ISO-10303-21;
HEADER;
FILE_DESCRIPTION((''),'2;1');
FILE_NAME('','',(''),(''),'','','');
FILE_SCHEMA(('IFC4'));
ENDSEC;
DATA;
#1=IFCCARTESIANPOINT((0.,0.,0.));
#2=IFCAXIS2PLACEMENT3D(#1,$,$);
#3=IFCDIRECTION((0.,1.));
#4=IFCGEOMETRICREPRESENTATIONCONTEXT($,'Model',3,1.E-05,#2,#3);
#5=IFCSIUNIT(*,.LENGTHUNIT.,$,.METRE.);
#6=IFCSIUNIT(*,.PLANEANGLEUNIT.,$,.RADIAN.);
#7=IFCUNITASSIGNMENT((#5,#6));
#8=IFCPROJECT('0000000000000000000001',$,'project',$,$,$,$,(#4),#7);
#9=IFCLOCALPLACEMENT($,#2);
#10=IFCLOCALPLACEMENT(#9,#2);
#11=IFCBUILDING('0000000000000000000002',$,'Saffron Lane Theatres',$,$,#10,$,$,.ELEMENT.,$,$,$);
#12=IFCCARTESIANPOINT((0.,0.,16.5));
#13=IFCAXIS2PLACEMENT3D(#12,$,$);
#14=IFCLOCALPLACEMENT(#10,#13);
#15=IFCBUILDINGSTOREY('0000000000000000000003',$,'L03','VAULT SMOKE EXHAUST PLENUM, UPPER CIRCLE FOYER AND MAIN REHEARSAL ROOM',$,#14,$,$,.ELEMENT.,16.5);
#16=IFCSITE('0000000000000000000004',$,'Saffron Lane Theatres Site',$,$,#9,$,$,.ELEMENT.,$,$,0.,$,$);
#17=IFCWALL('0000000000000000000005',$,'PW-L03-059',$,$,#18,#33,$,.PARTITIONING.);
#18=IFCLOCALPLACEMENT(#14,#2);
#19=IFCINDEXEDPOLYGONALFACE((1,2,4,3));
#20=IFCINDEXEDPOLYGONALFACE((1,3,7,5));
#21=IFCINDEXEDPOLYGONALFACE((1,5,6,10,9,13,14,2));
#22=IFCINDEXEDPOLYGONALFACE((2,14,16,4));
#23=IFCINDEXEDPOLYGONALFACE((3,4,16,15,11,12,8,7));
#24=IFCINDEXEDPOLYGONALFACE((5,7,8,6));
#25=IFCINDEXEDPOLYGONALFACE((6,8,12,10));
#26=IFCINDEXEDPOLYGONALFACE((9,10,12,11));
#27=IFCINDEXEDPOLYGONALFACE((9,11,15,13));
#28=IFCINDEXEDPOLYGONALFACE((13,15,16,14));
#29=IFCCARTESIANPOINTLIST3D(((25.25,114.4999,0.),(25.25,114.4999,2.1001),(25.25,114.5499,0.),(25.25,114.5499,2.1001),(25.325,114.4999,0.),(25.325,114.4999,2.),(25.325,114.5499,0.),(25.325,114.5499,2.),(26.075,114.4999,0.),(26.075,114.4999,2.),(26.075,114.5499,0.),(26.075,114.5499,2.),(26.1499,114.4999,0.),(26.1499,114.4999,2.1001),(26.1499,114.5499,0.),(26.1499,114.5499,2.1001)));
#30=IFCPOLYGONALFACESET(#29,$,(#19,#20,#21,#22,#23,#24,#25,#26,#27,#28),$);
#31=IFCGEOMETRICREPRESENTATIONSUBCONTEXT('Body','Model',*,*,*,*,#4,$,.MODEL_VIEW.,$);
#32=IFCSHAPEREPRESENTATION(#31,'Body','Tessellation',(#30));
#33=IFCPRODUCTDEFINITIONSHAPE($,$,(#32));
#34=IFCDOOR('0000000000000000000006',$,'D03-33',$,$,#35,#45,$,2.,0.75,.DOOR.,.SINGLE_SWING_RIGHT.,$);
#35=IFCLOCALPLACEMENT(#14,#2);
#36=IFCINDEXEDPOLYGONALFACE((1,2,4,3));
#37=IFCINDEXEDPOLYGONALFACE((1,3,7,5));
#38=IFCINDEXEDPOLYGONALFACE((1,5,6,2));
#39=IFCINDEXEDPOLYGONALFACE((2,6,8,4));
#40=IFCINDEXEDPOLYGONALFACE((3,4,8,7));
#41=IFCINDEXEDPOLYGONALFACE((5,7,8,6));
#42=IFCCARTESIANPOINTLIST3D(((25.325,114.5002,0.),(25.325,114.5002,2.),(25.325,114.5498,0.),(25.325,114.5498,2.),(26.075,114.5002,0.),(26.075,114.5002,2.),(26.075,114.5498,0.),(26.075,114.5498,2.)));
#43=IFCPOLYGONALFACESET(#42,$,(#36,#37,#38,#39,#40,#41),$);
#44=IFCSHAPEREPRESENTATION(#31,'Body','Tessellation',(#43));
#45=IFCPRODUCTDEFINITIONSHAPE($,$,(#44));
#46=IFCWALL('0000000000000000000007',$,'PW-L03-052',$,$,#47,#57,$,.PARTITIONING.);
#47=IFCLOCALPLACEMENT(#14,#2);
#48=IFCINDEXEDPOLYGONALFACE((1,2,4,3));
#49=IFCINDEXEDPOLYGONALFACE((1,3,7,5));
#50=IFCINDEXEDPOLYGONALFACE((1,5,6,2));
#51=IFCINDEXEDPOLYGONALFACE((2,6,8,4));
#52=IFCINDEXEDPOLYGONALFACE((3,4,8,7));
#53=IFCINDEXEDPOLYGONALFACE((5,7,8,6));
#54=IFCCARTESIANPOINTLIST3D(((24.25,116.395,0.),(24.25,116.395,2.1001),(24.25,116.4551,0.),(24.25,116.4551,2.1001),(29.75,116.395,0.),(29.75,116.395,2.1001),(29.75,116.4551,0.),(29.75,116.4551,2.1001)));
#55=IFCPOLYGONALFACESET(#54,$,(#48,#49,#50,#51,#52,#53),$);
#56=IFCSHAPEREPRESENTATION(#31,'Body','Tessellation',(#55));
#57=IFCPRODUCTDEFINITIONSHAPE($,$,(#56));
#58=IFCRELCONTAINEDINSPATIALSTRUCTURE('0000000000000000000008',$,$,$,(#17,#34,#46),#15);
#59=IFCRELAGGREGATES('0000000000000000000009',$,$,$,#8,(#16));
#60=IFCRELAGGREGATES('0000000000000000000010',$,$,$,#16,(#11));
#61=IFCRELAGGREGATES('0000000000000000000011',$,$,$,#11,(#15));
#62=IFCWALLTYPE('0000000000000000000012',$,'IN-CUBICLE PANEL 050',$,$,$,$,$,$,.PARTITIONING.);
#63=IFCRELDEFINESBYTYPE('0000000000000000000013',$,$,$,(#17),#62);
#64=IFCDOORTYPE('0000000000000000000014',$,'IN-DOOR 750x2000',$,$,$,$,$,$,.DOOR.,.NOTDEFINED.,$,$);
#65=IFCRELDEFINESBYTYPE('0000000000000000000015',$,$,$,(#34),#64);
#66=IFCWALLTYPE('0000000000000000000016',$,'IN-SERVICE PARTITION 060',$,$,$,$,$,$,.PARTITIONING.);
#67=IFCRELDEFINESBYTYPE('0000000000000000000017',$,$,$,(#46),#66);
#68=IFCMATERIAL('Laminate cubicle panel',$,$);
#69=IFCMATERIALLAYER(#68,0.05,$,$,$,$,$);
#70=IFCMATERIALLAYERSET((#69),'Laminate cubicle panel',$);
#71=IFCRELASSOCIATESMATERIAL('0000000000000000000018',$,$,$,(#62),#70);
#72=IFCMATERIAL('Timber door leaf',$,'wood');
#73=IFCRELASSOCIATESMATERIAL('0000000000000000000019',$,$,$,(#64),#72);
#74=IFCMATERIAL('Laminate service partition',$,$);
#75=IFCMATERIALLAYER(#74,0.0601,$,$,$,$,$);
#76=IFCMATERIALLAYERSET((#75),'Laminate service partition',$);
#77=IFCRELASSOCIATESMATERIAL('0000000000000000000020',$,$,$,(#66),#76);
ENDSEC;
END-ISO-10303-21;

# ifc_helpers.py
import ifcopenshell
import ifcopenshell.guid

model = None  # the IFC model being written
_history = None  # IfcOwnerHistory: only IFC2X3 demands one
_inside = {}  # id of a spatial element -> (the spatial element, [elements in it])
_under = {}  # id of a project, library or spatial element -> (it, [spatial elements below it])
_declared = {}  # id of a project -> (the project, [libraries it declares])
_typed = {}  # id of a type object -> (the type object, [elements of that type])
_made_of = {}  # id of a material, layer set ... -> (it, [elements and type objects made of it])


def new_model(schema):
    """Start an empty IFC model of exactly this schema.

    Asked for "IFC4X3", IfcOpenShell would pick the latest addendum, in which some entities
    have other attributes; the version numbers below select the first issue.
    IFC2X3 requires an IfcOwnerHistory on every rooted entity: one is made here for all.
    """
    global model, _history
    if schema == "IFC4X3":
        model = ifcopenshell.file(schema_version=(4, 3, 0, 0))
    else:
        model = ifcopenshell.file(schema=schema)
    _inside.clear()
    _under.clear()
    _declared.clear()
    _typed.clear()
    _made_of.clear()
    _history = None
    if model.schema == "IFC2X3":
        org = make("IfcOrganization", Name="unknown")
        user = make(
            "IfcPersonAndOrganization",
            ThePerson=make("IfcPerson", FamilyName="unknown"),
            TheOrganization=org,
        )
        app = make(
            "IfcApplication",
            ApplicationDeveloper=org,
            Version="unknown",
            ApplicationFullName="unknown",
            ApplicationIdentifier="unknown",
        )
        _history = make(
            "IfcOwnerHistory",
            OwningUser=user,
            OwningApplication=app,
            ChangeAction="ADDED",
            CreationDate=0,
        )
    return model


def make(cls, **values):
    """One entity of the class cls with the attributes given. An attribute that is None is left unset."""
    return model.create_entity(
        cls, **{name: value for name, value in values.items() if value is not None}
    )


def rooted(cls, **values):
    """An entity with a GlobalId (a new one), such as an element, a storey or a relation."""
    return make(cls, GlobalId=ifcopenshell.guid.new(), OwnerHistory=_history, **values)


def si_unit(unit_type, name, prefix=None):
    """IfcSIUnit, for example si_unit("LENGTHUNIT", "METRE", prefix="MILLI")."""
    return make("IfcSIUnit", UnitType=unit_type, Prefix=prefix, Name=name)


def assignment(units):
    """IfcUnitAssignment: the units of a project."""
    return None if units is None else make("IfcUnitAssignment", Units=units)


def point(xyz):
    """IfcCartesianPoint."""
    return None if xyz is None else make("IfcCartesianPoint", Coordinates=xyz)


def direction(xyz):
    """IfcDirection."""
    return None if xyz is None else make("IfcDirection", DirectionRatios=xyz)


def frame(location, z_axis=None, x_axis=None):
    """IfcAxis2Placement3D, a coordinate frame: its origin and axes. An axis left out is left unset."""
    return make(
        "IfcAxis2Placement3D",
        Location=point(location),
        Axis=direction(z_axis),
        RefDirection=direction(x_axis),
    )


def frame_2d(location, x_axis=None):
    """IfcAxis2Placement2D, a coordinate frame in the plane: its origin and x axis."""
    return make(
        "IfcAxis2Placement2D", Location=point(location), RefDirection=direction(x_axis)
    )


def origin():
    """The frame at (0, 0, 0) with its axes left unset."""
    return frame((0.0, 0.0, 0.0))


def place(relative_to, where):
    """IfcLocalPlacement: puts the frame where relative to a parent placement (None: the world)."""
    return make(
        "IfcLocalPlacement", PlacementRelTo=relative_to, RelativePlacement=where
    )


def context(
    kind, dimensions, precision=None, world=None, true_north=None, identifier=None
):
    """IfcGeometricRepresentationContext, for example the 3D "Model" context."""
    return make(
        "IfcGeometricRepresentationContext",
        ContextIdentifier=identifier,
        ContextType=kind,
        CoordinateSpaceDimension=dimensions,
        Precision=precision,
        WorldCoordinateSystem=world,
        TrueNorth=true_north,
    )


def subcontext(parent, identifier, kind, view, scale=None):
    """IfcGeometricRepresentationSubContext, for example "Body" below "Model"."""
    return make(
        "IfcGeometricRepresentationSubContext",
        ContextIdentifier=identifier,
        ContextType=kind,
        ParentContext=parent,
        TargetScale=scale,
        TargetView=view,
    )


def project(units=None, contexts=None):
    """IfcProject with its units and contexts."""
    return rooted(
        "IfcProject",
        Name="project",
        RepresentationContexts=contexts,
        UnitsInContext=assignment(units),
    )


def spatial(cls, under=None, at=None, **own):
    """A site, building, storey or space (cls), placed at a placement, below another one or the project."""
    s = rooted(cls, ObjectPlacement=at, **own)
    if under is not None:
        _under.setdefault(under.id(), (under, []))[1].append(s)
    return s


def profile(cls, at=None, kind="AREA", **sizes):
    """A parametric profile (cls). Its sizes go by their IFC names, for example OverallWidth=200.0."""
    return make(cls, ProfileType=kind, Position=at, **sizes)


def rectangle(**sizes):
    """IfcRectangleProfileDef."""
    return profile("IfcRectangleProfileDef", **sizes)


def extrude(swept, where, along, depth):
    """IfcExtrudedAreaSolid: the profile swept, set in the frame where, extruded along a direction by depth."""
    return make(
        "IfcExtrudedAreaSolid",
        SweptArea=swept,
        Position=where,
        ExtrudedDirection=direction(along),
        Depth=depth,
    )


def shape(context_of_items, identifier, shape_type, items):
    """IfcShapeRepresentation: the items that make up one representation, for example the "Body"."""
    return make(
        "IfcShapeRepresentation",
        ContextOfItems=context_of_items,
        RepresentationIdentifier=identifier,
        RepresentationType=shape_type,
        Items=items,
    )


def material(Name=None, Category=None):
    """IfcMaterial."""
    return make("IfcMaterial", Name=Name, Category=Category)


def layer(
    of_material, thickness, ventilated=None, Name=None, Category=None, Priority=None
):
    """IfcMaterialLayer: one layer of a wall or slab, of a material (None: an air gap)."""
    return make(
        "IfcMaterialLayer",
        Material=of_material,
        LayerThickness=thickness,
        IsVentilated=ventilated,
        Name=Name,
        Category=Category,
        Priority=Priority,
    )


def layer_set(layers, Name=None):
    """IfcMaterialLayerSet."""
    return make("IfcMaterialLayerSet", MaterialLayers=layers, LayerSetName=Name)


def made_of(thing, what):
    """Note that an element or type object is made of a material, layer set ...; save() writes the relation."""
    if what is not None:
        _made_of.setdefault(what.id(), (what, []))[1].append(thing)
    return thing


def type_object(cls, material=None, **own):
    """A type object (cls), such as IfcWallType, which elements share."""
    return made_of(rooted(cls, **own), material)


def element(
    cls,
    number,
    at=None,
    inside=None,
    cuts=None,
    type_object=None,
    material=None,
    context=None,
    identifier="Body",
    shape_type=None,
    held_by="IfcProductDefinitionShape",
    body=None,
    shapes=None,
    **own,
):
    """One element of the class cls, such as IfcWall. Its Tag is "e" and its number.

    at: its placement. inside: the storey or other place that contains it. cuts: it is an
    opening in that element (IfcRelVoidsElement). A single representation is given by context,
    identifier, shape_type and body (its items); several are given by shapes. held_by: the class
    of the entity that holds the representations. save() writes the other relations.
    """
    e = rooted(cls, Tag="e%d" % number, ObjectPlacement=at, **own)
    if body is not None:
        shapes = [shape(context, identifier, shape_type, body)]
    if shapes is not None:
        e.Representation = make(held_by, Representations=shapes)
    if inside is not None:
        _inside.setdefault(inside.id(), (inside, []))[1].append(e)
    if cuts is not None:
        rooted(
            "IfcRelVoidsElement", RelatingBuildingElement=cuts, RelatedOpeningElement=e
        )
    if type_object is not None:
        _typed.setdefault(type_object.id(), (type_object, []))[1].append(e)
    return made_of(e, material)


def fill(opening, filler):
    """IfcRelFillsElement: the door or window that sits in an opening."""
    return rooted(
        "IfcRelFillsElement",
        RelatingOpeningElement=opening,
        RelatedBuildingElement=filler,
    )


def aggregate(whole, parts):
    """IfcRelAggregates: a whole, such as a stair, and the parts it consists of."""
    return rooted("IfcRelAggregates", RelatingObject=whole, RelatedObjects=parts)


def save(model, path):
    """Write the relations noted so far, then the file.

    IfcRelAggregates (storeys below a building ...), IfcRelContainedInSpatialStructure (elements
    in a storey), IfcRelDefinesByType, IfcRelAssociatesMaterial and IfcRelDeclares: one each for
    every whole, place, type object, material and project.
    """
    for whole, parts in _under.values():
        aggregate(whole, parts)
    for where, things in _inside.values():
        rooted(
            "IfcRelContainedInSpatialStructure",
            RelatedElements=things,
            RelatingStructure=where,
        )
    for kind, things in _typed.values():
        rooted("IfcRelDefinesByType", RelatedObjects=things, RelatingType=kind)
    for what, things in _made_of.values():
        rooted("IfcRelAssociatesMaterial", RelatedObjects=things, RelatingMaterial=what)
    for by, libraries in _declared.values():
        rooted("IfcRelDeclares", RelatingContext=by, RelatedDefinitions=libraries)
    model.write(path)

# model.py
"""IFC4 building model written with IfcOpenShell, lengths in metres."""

from ifc_helpers import new_model, si_unit, direction, frame, frame_2d, origin, place, context, subcontext, project, spatial, rectangle, extrude, material, layer, layer_set, type_object, element, fill, save


model = new_model("IFC4")

# Units and contexts
model_context = context("Model", 3, precision=1e-05, world=origin(), true_north=direction((0.0, 1.0)))
body_context = subcontext(model_context, "Body", "Model", "MODEL_VIEW")
ifc_project = project(units=[si_unit("LENGTHUNIT", "METRE"), si_unit("PLANEANGLEUNIT", "RADIAN")], contexts=[model_context])

# Site, building, storey
site_placement = place(None, origin())
site = spatial("IfcSite", under=ifc_project, at=site_placement, Name="Saffron Lane Theatres Site", CompositionType="ELEMENT", RefElevation=0.0)
building_placement = place(site_placement, origin())
building = spatial("IfcBuilding", under=site, at=building_placement, Name="Saffron Lane Theatres", CompositionType="ELEMENT")
storey_placement = place(building_placement, frame((0.0, 0.0, 16.5)))
storey = spatial("IfcBuildingStorey", under=building, at=storey_placement, Name="L03", Description="VAULT SMOKE EXHAUST PLENUM, UPPER CIRCLE FOYER AND MAIN REHEARSAL ROOM", CompositionType="ELEMENT", Elevation=16.5)

# Shared definitions
ifc_material_1 = material(Name="Laminate cubicle panel")
ifc_layer_1 = layer(ifc_material_1, 0.05)
ifc_layer_set_1 = layer_set([ifc_layer_1], Name="Laminate cubicle panel")
wall_type_1 = type_object("IfcWallType", Name="IN-CUBICLE PANEL 050", PredefinedType="PARTITIONING", material=ifc_layer_set_1)

# Wall, opening, door
wall_1_placement = place(storey_placement, frame((25.25, 114.5249, 0.0), z_axis=(0.0, 0.0, 1.0), x_axis=(1.0, 0.0, 0.0)))
wall_1 = element("IfcWall", 1, at=wall_1_placement, inside=storey, type_object=wall_type_1, Name="PW-L03-059", PredefinedType="PARTITIONING", context=body_context, shape_type="SweptSolid", body=[
    extrude(rectangle(XDim=0.8999, YDim=0.05, at=frame_2d((0.45, 0.0))), origin(), (0.0, 0.0, 1.0), 2.1001),
])
opening_1_placement = place(wall_1_placement, frame((0.075, 0.0, 0.0)))
opening_1 = element("IfcOpeningElement", 2, at=opening_1_placement, cuts=wall_1, PredefinedType="OPENING", context=body_context, shape_type="SweptSolid", body=[
    extrude(rectangle(XDim=0.75, YDim=2.0, at=frame_2d((0.375, 1.0))), frame((0.0, 0.0352, 0.0), z_axis=(0.0, -1.0, 0.0), x_axis=(1.0, 0.0, 0.0)), (0.0, 0.0, 1.0), 0.0701),
])
ifc_material_2 = material(Name="Timber door leaf", Category="wood")
door_type_1 = type_object("IfcDoorType", Name="IN-DOOR 750x2000", OperationType="NOTDEFINED", PredefinedType="DOOR", material=ifc_material_2)
door_1_placement = place(opening_1_placement, origin())
door_1 = element("IfcDoor", 3, at=door_1_placement, inside=storey, type_object=door_type_1, Name="D03-33", OperationType="SINGLE_SWING_RIGHT", OverallHeight=2.0, OverallWidth=0.75, PredefinedType="DOOR", context=body_context, shape_type="SweptSolid", body=[
    extrude(rectangle(XDim=0.75, YDim=2.0, at=frame_2d((0.375, 1.0))), frame((0.0, 0.0249, 0.0), z_axis=(0.0, -1.0, 0.0), x_axis=(1.0, 0.0, 0.0)), (0.0, 0.0, 1.0), 0.0496),
])
fill(opening_1, door_1)

# Wall
ifc_material_3 = material(Name="Laminate service partition")
ifc_layer_2 = layer(ifc_material_3, 0.0601)
ifc_layer_set_2 = layer_set([ifc_layer_2], Name="Laminate service partition")
wall_type_2 = type_object("IfcWallType", Name="IN-SERVICE PARTITION 060", PredefinedType="PARTITIONING", material=ifc_layer_set_2)
wall_2_placement = place(storey_placement, frame((24.25, 116.425, 0.0), z_axis=(0.0, 0.0, 1.0), x_axis=(1.0, 0.0, 0.0)))
element("IfcWall", 4, at=wall_2_placement, inside=storey, type_object=wall_type_2, Name="PW-L03-052", PredefinedType="PARTITIONING", context=body_context, shape_type="SweptSolid", body=[
    extrude(rectangle(XDim=5.5, YDim=0.0601, at=frame_2d((2.75, 0.0))), origin(), (0.0, 0.0, 1.0), 2.1001),
])

save(model, "model.ifc")
